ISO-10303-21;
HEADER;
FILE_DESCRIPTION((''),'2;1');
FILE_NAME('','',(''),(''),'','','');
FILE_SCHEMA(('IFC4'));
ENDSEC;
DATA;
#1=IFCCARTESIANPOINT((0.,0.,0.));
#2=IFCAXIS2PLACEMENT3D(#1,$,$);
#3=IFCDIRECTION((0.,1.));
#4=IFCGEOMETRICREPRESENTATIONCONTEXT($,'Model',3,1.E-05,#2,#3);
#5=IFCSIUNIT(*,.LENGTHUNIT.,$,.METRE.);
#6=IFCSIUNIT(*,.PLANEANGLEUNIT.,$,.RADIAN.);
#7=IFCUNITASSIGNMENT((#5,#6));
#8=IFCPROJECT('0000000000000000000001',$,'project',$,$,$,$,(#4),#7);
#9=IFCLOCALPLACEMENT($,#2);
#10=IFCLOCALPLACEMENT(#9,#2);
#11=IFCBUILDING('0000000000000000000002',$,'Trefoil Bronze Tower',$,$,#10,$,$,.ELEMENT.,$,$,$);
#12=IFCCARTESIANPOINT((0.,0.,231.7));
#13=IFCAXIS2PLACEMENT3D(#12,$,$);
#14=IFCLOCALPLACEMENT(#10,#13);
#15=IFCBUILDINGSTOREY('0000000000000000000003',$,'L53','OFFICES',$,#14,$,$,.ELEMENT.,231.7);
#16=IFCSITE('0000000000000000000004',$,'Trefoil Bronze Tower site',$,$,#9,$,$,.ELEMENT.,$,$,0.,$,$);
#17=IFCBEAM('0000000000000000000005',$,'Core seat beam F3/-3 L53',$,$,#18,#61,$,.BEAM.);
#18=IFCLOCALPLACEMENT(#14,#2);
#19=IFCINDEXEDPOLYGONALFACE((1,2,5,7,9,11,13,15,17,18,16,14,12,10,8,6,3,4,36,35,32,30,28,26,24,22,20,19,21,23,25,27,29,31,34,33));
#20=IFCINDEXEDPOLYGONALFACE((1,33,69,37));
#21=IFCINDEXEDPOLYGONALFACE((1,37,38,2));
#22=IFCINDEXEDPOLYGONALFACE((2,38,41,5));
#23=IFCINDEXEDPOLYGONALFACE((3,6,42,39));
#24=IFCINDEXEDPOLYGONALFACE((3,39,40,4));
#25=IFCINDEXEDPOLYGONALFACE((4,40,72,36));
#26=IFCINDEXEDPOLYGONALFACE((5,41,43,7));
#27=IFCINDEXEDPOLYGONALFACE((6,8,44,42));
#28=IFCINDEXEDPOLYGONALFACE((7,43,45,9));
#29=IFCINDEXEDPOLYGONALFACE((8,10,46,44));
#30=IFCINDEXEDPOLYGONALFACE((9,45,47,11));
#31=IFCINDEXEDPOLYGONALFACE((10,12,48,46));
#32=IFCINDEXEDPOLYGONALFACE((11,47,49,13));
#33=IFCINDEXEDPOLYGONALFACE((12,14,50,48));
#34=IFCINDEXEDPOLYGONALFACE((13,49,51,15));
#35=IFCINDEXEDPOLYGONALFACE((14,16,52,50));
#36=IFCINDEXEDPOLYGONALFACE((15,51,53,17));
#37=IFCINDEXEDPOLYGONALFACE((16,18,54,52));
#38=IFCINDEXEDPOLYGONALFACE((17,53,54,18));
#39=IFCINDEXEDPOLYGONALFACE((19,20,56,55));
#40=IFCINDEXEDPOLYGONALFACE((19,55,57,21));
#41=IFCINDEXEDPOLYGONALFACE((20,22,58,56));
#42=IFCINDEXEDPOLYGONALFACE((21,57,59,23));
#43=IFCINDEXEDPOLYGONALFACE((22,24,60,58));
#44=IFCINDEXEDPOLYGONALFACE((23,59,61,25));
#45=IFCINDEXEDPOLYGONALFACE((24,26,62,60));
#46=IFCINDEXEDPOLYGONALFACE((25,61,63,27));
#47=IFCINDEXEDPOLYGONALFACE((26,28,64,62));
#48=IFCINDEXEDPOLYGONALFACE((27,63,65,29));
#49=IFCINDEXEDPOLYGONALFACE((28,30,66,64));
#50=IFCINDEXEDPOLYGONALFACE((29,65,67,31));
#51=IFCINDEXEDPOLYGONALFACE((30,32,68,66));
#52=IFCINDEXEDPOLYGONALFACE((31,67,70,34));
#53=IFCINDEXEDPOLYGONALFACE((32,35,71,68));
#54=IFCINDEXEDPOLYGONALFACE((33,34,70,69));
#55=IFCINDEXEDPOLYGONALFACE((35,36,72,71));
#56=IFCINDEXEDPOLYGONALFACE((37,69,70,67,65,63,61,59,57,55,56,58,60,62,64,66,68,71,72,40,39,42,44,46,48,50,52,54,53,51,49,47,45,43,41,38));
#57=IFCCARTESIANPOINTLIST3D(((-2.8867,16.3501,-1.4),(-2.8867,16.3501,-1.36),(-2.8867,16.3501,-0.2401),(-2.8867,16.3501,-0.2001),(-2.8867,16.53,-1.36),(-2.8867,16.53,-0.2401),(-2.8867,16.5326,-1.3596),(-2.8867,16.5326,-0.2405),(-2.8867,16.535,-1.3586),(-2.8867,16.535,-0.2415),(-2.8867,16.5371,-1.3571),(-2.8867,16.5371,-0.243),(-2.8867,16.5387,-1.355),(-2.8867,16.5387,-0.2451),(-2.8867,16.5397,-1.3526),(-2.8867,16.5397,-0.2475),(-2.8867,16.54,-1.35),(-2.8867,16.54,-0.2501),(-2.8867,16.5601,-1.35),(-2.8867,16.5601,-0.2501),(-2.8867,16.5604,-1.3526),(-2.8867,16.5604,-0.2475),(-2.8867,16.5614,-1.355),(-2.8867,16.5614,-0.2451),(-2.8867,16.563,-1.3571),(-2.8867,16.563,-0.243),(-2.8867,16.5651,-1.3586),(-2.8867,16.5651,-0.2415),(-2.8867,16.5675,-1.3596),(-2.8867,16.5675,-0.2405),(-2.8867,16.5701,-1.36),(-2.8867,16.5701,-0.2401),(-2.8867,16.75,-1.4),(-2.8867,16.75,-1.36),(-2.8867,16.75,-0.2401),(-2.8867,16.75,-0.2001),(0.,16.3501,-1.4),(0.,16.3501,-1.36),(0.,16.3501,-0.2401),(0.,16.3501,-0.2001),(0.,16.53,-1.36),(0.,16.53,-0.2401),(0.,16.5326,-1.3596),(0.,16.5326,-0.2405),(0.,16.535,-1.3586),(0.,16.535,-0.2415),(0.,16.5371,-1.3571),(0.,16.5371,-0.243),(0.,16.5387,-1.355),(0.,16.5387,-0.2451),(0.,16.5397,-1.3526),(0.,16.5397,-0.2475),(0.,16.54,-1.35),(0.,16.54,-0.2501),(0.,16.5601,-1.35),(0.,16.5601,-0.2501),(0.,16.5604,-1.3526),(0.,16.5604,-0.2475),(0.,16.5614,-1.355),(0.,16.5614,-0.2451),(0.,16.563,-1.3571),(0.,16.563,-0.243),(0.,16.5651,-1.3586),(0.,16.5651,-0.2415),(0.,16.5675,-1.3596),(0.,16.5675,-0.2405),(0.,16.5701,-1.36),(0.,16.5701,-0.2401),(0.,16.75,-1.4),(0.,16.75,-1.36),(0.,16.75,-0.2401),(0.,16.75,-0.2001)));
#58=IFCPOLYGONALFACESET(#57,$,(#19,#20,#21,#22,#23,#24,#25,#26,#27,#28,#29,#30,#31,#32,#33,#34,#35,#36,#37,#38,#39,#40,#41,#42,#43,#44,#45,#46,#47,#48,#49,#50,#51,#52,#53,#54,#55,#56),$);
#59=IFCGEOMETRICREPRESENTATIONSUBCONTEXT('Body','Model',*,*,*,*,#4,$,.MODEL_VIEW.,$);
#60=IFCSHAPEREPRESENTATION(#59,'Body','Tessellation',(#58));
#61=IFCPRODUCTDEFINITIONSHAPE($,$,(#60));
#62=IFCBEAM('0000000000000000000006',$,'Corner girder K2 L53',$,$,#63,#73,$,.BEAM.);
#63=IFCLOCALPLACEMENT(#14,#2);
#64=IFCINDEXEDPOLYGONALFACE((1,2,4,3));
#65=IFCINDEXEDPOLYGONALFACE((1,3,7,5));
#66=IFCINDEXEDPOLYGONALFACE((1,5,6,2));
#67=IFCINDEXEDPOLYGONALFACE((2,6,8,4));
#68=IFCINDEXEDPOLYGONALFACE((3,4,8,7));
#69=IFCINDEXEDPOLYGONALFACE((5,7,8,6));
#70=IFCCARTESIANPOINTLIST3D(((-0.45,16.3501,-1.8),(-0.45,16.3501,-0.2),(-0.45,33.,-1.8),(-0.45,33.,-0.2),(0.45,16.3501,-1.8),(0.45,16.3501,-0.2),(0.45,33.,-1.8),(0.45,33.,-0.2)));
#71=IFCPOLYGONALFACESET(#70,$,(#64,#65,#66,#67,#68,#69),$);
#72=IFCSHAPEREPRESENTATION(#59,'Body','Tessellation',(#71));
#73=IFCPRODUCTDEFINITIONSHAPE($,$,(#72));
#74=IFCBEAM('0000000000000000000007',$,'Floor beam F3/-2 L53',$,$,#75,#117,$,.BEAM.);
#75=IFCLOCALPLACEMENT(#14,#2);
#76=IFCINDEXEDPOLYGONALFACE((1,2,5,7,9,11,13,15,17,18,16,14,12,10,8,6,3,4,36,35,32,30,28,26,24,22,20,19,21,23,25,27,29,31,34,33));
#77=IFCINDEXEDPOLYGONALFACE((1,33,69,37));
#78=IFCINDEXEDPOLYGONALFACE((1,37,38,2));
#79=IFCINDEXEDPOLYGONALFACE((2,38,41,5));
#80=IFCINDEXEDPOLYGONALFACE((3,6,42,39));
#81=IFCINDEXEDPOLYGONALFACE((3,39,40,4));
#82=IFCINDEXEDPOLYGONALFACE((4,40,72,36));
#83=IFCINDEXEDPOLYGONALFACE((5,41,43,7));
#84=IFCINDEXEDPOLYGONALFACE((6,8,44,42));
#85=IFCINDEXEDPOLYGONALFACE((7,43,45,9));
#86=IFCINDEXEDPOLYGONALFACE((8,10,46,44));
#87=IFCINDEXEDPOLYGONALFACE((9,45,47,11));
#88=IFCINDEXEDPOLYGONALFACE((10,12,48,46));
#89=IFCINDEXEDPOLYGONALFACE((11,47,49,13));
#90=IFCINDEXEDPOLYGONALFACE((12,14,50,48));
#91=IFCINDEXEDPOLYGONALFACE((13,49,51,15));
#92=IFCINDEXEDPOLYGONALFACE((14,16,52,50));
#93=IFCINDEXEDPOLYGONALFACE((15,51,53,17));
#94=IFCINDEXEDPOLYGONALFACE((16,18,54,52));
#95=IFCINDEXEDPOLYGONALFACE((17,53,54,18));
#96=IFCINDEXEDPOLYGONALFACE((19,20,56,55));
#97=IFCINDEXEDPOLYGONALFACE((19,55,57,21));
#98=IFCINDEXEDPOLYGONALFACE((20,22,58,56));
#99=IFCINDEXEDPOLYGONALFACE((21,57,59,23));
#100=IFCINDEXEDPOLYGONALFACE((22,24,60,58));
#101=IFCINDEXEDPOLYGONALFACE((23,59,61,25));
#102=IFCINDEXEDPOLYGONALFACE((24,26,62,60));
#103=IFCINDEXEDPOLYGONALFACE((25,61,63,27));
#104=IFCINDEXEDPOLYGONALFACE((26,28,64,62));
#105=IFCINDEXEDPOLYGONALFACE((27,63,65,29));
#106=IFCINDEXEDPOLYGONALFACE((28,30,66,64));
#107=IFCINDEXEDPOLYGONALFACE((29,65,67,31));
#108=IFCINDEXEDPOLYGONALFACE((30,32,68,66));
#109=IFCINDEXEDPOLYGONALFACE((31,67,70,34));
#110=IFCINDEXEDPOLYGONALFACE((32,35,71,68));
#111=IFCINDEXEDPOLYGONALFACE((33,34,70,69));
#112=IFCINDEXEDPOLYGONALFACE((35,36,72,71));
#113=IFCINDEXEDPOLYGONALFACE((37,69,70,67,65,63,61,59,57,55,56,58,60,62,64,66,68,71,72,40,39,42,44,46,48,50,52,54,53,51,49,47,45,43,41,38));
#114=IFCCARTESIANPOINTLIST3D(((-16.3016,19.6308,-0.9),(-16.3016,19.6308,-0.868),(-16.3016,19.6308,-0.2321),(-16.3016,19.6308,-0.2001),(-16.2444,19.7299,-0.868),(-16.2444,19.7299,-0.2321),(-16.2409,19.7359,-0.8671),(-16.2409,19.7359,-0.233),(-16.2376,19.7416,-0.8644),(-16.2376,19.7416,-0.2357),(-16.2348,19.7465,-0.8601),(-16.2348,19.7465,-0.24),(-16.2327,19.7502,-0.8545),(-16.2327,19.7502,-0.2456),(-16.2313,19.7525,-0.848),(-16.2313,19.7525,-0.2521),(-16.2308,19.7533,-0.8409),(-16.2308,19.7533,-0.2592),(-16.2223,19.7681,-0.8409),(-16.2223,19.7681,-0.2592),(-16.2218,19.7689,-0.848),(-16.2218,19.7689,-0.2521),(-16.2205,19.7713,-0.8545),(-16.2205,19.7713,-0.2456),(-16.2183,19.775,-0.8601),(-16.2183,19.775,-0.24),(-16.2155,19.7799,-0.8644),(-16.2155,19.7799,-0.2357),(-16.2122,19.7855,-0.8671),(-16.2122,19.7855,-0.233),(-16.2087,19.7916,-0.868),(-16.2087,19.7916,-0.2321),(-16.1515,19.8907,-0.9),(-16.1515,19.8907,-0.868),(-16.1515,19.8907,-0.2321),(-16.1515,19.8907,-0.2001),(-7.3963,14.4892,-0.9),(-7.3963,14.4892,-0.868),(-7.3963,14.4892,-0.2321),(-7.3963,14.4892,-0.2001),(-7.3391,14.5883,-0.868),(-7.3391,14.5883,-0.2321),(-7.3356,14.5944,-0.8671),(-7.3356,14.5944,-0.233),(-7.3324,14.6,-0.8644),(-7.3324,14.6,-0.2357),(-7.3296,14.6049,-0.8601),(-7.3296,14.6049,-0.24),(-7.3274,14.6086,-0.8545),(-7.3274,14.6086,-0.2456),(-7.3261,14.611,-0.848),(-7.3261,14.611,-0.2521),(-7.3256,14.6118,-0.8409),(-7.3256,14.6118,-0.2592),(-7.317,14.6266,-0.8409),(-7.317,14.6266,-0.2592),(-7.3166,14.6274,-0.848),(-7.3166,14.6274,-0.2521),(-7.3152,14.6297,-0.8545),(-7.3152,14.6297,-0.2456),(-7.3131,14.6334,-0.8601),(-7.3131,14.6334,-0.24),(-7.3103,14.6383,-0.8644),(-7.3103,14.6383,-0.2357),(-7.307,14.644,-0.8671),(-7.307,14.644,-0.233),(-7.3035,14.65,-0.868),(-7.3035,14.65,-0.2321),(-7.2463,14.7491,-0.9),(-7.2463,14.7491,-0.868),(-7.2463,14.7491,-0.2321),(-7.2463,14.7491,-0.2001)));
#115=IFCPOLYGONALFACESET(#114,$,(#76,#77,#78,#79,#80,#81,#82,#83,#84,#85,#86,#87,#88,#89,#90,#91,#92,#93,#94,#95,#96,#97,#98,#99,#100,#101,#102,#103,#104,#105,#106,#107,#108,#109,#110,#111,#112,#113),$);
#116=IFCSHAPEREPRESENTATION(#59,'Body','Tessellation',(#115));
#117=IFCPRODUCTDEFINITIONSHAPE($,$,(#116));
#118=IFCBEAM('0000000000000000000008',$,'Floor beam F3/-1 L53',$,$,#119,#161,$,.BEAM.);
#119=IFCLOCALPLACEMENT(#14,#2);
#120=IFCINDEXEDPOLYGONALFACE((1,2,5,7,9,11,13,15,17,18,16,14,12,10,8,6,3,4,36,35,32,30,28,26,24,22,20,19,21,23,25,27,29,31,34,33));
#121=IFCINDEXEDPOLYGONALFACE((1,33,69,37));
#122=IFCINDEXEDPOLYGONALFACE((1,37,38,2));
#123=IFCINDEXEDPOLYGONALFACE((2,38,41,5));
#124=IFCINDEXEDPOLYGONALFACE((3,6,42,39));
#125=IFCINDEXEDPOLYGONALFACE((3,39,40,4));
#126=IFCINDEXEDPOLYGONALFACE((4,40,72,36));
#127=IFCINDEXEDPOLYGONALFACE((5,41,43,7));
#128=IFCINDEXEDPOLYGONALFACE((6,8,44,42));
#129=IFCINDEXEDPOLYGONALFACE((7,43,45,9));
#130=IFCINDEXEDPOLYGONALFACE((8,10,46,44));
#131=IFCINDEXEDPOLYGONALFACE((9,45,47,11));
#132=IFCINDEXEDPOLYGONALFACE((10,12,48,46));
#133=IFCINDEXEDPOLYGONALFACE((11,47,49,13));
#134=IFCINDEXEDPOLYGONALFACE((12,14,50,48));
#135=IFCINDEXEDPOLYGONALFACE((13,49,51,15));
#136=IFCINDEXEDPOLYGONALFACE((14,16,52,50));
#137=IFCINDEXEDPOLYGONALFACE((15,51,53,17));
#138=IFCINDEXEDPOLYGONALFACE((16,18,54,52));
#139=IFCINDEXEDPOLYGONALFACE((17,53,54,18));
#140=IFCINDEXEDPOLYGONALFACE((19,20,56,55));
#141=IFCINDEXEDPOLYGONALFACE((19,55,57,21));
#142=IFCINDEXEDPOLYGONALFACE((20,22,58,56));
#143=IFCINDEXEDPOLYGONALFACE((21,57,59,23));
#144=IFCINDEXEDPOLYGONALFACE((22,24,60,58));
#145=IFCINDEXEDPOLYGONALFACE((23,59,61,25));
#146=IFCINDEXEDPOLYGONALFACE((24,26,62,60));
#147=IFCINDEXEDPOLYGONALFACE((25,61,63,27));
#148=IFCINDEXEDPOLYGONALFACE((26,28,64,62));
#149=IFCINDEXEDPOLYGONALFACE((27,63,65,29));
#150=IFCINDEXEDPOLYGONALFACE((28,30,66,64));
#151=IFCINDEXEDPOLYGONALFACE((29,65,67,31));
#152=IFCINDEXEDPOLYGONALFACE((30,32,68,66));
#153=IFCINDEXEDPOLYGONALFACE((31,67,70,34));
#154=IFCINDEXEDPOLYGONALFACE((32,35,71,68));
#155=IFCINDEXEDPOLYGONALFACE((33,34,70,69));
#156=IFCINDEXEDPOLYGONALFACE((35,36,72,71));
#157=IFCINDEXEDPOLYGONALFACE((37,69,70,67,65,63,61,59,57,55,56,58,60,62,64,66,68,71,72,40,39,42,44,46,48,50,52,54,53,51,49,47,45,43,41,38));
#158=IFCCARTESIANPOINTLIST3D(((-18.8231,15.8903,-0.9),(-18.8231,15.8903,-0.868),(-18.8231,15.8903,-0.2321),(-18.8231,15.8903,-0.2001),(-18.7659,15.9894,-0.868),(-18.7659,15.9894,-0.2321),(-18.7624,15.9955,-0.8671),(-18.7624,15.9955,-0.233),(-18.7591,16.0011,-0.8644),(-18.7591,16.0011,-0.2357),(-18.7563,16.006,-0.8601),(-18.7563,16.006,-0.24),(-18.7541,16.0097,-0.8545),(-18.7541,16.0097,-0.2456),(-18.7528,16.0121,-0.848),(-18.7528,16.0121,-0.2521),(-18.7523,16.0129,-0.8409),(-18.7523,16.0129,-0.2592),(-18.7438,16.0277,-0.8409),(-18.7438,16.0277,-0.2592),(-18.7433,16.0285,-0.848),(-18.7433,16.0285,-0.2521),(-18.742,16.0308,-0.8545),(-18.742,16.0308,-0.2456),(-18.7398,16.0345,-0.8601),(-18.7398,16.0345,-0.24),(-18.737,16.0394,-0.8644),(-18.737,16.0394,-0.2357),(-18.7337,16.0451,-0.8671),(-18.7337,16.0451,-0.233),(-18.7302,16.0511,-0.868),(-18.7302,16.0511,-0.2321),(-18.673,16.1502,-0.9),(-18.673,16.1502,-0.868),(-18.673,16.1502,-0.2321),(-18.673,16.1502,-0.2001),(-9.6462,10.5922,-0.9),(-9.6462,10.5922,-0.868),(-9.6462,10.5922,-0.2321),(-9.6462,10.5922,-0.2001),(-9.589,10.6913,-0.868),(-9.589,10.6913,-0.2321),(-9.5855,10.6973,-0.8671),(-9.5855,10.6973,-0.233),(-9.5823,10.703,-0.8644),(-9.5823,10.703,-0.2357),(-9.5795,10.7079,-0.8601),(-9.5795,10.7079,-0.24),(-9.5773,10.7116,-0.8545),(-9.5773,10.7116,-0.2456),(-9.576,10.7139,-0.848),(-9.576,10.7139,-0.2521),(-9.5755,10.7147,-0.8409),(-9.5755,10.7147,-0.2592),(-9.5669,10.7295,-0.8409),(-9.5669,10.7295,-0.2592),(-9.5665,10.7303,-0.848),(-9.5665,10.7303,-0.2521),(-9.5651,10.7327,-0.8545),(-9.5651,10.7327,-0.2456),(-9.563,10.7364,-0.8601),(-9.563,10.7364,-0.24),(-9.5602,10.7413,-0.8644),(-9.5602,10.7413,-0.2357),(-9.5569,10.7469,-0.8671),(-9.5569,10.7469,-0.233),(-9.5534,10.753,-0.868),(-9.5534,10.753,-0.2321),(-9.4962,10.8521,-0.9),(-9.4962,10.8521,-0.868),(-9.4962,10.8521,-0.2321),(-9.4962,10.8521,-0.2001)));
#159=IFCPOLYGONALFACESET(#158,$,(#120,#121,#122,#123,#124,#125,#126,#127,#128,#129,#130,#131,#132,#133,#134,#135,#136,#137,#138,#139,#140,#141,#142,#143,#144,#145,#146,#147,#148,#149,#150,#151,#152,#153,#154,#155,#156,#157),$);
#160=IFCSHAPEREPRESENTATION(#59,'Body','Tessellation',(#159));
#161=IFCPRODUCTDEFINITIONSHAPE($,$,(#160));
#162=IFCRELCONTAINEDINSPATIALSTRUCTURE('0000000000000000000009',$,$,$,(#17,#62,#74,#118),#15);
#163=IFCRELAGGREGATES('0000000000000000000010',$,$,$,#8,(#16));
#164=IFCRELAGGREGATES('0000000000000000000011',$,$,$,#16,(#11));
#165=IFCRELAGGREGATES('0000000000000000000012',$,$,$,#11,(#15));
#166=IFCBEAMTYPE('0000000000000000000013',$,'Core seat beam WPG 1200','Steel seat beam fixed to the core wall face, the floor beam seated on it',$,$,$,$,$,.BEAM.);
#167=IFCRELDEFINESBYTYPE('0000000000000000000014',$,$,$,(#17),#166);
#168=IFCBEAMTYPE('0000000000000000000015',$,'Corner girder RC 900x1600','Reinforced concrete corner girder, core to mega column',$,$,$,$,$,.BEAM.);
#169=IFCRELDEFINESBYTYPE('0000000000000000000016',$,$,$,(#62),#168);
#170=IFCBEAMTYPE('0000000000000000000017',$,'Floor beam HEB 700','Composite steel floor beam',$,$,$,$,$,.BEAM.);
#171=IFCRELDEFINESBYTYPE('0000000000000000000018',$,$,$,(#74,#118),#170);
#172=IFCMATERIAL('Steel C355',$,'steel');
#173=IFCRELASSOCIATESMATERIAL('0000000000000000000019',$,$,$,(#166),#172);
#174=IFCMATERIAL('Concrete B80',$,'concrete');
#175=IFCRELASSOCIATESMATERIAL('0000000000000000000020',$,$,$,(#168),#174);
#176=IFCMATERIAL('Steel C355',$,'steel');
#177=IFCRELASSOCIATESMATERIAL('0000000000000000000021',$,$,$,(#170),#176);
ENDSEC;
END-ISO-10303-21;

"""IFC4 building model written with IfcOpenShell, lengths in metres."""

from ifc_helpers import new_model, si_unit, direction, frame, origin, origin_2d, place, context, subcontext, project, spatial, rectangle, i_section, extrude, material, material_profile, profile_set, type_object, element, save


model = new_model("IFC4")

# Units and contexts
model_context = context("Model", 3, precision=1e-05, world=origin(), true_north=direction((0.0, 1.0)))
body_context = subcontext(model_context, "Body", "Model", "MODEL_VIEW")
ifc_project = project(units=[si_unit("LENGTHUNIT", "METRE"), si_unit("PLANEANGLEUNIT", "RADIAN")], contexts=[model_context])

# Site, building, storey
site_placement = place(None, origin())
site = spatial("IfcSite", under=ifc_project, at=site_placement, Name="Trefoil Bronze Tower site", CompositionType="ELEMENT", RefElevation=0.0)
building_placement = place(site_placement, origin())
building = spatial("IfcBuilding", under=site, at=building_placement, Name="Trefoil Bronze Tower", CompositionType="ELEMENT")
storey_placement = place(building_placement, frame((0.0, 0.0, 231.7)))
storey = spatial("IfcBuildingStorey", under=building, at=storey_placement, Name="L53", Description="OFFICES", CompositionType="ELEMENT", Elevation=231.7)

# Beams
ifc_material_1 = material(Name="Steel C355", Category="steel")
ifc_material_profile_1 = material_profile(ifc_material_1, i_section(OverallWidth=0.3999, OverallDepth=1.2, WebThickness=0.02, FlangeThickness=0.04, FilletRadius=0.01, at=origin_2d()), Name="WPG 1200")
ifc_profile_set_1 = profile_set([ifc_material_profile_1], Name="Steel C355")
beam_type_1 = type_object("IfcBeamType", Name="Core seat beam WPG 1200", Description="Steel seat beam fixed to the core wall face, the floor beam seated on it", PredefinedType="BEAM", material=ifc_profile_set_1)
beam_1_placement = place(storey_placement, frame((0.0, 16.55, -0.8), z_axis=(-1.0, 0.0, 0.0), x_axis=(0.0, -1.0, 0.0)))
element("IfcBeam", 1, at=beam_1_placement, inside=storey, type_object=beam_type_1, Name="Core seat beam F3/-3 L53", PredefinedType="BEAM", context=body_context, shape_type="SweptSolid", body=[
    extrude(i_section(OverallWidth=0.3999, OverallDepth=1.2, WebThickness=0.02, FlangeThickness=0.04, FilletRadius=0.01, at=origin_2d()), origin(), (0.0, 0.0, 1.0), 2.8867),
])
ifc_material_2 = material(Name="Concrete B80", Category="concrete")
ifc_material_profile_2 = material_profile(ifc_material_2, rectangle(XDim=0.8999, YDim=1.6001, at=origin_2d()), Name="RC 900x1600")
ifc_profile_set_2 = profile_set([ifc_material_profile_2], Name="Concrete B80")
beam_type_2 = type_object("IfcBeamType", Name="Corner girder RC 900x1600", Description="Reinforced concrete corner girder, core to mega column", PredefinedType="BEAM", material=ifc_profile_set_2)
beam_2_placement = place(storey_placement, frame((0.0, 16.3501, -1.0), z_axis=(0.0, 1.0, 0.0), x_axis=(-1.0, 0.0, 0.0)))
element("IfcBeam", 2, at=beam_2_placement, inside=storey, type_object=beam_type_2, Name="Corner girder K2 L53", PredefinedType="BEAM", context=body_context, shape_type="SweptSolid", body=[
    extrude(rectangle(XDim=0.8999, YDim=1.6001, at=origin_2d()), origin(), (0.0, 0.0, 1.0), 16.6499),
])
ifc_material_3 = material(Name="Steel C355", Category="steel")
ifc_material_profile_3 = material_profile(ifc_material_3, i_section(OverallWidth=0.3, OverallDepth=0.7, WebThickness=0.0171, FlangeThickness=0.032, FilletRadius=0.0271, at=origin_2d()), Name="HEB 700")
ifc_profile_set_3 = profile_set([ifc_material_profile_3], Name="Steel C355")
beam_type_3 = type_object("IfcBeamType", Name="Floor beam HEB 700", Description="Composite steel floor beam", PredefinedType="BEAM", material=ifc_profile_set_3)
beam_3_placement = place(storey_placement, frame((-16.2266, 19.7607, -0.55), z_axis=(0.86602, -0.50001, 0.0), x_axis=(0.50001, 0.86602, 0.0)))
element("IfcBeam", 3, at=beam_3_placement, inside=storey, type_object=beam_type_3, Name="Floor beam F3/-2 L53", PredefinedType="BEAM", context=body_context, shape_type="SweptSolid", body=[
    extrude(i_section(OverallWidth=0.3, OverallDepth=0.7, WebThickness=0.0171, FlangeThickness=0.032, FilletRadius=0.0271, at=origin_2d()), origin(), (0.0, 0.0, 1.0), 10.283),
])
beam_4_placement = place(storey_placement, frame((-18.748, 16.0203, -0.55), z_axis=(0.86603, -0.499992, 0.0), x_axis=(0.499992, 0.86603, 0.0)))
element("IfcBeam", 4, at=beam_4_placement, inside=storey, type_object=beam_type_3, Name="Floor beam F3/-1 L53", PredefinedType="BEAM", context=body_context, shape_type="SweptSolid", body=[
    extrude(i_section(OverallWidth=0.3, OverallDepth=0.7, WebThickness=0.0171, FlangeThickness=0.032, FilletRadius=0.0271, at=origin_2d()), origin(), (0.0, 0.0, 1.0), 10.5964),
])

save(model, "model.ifc")
